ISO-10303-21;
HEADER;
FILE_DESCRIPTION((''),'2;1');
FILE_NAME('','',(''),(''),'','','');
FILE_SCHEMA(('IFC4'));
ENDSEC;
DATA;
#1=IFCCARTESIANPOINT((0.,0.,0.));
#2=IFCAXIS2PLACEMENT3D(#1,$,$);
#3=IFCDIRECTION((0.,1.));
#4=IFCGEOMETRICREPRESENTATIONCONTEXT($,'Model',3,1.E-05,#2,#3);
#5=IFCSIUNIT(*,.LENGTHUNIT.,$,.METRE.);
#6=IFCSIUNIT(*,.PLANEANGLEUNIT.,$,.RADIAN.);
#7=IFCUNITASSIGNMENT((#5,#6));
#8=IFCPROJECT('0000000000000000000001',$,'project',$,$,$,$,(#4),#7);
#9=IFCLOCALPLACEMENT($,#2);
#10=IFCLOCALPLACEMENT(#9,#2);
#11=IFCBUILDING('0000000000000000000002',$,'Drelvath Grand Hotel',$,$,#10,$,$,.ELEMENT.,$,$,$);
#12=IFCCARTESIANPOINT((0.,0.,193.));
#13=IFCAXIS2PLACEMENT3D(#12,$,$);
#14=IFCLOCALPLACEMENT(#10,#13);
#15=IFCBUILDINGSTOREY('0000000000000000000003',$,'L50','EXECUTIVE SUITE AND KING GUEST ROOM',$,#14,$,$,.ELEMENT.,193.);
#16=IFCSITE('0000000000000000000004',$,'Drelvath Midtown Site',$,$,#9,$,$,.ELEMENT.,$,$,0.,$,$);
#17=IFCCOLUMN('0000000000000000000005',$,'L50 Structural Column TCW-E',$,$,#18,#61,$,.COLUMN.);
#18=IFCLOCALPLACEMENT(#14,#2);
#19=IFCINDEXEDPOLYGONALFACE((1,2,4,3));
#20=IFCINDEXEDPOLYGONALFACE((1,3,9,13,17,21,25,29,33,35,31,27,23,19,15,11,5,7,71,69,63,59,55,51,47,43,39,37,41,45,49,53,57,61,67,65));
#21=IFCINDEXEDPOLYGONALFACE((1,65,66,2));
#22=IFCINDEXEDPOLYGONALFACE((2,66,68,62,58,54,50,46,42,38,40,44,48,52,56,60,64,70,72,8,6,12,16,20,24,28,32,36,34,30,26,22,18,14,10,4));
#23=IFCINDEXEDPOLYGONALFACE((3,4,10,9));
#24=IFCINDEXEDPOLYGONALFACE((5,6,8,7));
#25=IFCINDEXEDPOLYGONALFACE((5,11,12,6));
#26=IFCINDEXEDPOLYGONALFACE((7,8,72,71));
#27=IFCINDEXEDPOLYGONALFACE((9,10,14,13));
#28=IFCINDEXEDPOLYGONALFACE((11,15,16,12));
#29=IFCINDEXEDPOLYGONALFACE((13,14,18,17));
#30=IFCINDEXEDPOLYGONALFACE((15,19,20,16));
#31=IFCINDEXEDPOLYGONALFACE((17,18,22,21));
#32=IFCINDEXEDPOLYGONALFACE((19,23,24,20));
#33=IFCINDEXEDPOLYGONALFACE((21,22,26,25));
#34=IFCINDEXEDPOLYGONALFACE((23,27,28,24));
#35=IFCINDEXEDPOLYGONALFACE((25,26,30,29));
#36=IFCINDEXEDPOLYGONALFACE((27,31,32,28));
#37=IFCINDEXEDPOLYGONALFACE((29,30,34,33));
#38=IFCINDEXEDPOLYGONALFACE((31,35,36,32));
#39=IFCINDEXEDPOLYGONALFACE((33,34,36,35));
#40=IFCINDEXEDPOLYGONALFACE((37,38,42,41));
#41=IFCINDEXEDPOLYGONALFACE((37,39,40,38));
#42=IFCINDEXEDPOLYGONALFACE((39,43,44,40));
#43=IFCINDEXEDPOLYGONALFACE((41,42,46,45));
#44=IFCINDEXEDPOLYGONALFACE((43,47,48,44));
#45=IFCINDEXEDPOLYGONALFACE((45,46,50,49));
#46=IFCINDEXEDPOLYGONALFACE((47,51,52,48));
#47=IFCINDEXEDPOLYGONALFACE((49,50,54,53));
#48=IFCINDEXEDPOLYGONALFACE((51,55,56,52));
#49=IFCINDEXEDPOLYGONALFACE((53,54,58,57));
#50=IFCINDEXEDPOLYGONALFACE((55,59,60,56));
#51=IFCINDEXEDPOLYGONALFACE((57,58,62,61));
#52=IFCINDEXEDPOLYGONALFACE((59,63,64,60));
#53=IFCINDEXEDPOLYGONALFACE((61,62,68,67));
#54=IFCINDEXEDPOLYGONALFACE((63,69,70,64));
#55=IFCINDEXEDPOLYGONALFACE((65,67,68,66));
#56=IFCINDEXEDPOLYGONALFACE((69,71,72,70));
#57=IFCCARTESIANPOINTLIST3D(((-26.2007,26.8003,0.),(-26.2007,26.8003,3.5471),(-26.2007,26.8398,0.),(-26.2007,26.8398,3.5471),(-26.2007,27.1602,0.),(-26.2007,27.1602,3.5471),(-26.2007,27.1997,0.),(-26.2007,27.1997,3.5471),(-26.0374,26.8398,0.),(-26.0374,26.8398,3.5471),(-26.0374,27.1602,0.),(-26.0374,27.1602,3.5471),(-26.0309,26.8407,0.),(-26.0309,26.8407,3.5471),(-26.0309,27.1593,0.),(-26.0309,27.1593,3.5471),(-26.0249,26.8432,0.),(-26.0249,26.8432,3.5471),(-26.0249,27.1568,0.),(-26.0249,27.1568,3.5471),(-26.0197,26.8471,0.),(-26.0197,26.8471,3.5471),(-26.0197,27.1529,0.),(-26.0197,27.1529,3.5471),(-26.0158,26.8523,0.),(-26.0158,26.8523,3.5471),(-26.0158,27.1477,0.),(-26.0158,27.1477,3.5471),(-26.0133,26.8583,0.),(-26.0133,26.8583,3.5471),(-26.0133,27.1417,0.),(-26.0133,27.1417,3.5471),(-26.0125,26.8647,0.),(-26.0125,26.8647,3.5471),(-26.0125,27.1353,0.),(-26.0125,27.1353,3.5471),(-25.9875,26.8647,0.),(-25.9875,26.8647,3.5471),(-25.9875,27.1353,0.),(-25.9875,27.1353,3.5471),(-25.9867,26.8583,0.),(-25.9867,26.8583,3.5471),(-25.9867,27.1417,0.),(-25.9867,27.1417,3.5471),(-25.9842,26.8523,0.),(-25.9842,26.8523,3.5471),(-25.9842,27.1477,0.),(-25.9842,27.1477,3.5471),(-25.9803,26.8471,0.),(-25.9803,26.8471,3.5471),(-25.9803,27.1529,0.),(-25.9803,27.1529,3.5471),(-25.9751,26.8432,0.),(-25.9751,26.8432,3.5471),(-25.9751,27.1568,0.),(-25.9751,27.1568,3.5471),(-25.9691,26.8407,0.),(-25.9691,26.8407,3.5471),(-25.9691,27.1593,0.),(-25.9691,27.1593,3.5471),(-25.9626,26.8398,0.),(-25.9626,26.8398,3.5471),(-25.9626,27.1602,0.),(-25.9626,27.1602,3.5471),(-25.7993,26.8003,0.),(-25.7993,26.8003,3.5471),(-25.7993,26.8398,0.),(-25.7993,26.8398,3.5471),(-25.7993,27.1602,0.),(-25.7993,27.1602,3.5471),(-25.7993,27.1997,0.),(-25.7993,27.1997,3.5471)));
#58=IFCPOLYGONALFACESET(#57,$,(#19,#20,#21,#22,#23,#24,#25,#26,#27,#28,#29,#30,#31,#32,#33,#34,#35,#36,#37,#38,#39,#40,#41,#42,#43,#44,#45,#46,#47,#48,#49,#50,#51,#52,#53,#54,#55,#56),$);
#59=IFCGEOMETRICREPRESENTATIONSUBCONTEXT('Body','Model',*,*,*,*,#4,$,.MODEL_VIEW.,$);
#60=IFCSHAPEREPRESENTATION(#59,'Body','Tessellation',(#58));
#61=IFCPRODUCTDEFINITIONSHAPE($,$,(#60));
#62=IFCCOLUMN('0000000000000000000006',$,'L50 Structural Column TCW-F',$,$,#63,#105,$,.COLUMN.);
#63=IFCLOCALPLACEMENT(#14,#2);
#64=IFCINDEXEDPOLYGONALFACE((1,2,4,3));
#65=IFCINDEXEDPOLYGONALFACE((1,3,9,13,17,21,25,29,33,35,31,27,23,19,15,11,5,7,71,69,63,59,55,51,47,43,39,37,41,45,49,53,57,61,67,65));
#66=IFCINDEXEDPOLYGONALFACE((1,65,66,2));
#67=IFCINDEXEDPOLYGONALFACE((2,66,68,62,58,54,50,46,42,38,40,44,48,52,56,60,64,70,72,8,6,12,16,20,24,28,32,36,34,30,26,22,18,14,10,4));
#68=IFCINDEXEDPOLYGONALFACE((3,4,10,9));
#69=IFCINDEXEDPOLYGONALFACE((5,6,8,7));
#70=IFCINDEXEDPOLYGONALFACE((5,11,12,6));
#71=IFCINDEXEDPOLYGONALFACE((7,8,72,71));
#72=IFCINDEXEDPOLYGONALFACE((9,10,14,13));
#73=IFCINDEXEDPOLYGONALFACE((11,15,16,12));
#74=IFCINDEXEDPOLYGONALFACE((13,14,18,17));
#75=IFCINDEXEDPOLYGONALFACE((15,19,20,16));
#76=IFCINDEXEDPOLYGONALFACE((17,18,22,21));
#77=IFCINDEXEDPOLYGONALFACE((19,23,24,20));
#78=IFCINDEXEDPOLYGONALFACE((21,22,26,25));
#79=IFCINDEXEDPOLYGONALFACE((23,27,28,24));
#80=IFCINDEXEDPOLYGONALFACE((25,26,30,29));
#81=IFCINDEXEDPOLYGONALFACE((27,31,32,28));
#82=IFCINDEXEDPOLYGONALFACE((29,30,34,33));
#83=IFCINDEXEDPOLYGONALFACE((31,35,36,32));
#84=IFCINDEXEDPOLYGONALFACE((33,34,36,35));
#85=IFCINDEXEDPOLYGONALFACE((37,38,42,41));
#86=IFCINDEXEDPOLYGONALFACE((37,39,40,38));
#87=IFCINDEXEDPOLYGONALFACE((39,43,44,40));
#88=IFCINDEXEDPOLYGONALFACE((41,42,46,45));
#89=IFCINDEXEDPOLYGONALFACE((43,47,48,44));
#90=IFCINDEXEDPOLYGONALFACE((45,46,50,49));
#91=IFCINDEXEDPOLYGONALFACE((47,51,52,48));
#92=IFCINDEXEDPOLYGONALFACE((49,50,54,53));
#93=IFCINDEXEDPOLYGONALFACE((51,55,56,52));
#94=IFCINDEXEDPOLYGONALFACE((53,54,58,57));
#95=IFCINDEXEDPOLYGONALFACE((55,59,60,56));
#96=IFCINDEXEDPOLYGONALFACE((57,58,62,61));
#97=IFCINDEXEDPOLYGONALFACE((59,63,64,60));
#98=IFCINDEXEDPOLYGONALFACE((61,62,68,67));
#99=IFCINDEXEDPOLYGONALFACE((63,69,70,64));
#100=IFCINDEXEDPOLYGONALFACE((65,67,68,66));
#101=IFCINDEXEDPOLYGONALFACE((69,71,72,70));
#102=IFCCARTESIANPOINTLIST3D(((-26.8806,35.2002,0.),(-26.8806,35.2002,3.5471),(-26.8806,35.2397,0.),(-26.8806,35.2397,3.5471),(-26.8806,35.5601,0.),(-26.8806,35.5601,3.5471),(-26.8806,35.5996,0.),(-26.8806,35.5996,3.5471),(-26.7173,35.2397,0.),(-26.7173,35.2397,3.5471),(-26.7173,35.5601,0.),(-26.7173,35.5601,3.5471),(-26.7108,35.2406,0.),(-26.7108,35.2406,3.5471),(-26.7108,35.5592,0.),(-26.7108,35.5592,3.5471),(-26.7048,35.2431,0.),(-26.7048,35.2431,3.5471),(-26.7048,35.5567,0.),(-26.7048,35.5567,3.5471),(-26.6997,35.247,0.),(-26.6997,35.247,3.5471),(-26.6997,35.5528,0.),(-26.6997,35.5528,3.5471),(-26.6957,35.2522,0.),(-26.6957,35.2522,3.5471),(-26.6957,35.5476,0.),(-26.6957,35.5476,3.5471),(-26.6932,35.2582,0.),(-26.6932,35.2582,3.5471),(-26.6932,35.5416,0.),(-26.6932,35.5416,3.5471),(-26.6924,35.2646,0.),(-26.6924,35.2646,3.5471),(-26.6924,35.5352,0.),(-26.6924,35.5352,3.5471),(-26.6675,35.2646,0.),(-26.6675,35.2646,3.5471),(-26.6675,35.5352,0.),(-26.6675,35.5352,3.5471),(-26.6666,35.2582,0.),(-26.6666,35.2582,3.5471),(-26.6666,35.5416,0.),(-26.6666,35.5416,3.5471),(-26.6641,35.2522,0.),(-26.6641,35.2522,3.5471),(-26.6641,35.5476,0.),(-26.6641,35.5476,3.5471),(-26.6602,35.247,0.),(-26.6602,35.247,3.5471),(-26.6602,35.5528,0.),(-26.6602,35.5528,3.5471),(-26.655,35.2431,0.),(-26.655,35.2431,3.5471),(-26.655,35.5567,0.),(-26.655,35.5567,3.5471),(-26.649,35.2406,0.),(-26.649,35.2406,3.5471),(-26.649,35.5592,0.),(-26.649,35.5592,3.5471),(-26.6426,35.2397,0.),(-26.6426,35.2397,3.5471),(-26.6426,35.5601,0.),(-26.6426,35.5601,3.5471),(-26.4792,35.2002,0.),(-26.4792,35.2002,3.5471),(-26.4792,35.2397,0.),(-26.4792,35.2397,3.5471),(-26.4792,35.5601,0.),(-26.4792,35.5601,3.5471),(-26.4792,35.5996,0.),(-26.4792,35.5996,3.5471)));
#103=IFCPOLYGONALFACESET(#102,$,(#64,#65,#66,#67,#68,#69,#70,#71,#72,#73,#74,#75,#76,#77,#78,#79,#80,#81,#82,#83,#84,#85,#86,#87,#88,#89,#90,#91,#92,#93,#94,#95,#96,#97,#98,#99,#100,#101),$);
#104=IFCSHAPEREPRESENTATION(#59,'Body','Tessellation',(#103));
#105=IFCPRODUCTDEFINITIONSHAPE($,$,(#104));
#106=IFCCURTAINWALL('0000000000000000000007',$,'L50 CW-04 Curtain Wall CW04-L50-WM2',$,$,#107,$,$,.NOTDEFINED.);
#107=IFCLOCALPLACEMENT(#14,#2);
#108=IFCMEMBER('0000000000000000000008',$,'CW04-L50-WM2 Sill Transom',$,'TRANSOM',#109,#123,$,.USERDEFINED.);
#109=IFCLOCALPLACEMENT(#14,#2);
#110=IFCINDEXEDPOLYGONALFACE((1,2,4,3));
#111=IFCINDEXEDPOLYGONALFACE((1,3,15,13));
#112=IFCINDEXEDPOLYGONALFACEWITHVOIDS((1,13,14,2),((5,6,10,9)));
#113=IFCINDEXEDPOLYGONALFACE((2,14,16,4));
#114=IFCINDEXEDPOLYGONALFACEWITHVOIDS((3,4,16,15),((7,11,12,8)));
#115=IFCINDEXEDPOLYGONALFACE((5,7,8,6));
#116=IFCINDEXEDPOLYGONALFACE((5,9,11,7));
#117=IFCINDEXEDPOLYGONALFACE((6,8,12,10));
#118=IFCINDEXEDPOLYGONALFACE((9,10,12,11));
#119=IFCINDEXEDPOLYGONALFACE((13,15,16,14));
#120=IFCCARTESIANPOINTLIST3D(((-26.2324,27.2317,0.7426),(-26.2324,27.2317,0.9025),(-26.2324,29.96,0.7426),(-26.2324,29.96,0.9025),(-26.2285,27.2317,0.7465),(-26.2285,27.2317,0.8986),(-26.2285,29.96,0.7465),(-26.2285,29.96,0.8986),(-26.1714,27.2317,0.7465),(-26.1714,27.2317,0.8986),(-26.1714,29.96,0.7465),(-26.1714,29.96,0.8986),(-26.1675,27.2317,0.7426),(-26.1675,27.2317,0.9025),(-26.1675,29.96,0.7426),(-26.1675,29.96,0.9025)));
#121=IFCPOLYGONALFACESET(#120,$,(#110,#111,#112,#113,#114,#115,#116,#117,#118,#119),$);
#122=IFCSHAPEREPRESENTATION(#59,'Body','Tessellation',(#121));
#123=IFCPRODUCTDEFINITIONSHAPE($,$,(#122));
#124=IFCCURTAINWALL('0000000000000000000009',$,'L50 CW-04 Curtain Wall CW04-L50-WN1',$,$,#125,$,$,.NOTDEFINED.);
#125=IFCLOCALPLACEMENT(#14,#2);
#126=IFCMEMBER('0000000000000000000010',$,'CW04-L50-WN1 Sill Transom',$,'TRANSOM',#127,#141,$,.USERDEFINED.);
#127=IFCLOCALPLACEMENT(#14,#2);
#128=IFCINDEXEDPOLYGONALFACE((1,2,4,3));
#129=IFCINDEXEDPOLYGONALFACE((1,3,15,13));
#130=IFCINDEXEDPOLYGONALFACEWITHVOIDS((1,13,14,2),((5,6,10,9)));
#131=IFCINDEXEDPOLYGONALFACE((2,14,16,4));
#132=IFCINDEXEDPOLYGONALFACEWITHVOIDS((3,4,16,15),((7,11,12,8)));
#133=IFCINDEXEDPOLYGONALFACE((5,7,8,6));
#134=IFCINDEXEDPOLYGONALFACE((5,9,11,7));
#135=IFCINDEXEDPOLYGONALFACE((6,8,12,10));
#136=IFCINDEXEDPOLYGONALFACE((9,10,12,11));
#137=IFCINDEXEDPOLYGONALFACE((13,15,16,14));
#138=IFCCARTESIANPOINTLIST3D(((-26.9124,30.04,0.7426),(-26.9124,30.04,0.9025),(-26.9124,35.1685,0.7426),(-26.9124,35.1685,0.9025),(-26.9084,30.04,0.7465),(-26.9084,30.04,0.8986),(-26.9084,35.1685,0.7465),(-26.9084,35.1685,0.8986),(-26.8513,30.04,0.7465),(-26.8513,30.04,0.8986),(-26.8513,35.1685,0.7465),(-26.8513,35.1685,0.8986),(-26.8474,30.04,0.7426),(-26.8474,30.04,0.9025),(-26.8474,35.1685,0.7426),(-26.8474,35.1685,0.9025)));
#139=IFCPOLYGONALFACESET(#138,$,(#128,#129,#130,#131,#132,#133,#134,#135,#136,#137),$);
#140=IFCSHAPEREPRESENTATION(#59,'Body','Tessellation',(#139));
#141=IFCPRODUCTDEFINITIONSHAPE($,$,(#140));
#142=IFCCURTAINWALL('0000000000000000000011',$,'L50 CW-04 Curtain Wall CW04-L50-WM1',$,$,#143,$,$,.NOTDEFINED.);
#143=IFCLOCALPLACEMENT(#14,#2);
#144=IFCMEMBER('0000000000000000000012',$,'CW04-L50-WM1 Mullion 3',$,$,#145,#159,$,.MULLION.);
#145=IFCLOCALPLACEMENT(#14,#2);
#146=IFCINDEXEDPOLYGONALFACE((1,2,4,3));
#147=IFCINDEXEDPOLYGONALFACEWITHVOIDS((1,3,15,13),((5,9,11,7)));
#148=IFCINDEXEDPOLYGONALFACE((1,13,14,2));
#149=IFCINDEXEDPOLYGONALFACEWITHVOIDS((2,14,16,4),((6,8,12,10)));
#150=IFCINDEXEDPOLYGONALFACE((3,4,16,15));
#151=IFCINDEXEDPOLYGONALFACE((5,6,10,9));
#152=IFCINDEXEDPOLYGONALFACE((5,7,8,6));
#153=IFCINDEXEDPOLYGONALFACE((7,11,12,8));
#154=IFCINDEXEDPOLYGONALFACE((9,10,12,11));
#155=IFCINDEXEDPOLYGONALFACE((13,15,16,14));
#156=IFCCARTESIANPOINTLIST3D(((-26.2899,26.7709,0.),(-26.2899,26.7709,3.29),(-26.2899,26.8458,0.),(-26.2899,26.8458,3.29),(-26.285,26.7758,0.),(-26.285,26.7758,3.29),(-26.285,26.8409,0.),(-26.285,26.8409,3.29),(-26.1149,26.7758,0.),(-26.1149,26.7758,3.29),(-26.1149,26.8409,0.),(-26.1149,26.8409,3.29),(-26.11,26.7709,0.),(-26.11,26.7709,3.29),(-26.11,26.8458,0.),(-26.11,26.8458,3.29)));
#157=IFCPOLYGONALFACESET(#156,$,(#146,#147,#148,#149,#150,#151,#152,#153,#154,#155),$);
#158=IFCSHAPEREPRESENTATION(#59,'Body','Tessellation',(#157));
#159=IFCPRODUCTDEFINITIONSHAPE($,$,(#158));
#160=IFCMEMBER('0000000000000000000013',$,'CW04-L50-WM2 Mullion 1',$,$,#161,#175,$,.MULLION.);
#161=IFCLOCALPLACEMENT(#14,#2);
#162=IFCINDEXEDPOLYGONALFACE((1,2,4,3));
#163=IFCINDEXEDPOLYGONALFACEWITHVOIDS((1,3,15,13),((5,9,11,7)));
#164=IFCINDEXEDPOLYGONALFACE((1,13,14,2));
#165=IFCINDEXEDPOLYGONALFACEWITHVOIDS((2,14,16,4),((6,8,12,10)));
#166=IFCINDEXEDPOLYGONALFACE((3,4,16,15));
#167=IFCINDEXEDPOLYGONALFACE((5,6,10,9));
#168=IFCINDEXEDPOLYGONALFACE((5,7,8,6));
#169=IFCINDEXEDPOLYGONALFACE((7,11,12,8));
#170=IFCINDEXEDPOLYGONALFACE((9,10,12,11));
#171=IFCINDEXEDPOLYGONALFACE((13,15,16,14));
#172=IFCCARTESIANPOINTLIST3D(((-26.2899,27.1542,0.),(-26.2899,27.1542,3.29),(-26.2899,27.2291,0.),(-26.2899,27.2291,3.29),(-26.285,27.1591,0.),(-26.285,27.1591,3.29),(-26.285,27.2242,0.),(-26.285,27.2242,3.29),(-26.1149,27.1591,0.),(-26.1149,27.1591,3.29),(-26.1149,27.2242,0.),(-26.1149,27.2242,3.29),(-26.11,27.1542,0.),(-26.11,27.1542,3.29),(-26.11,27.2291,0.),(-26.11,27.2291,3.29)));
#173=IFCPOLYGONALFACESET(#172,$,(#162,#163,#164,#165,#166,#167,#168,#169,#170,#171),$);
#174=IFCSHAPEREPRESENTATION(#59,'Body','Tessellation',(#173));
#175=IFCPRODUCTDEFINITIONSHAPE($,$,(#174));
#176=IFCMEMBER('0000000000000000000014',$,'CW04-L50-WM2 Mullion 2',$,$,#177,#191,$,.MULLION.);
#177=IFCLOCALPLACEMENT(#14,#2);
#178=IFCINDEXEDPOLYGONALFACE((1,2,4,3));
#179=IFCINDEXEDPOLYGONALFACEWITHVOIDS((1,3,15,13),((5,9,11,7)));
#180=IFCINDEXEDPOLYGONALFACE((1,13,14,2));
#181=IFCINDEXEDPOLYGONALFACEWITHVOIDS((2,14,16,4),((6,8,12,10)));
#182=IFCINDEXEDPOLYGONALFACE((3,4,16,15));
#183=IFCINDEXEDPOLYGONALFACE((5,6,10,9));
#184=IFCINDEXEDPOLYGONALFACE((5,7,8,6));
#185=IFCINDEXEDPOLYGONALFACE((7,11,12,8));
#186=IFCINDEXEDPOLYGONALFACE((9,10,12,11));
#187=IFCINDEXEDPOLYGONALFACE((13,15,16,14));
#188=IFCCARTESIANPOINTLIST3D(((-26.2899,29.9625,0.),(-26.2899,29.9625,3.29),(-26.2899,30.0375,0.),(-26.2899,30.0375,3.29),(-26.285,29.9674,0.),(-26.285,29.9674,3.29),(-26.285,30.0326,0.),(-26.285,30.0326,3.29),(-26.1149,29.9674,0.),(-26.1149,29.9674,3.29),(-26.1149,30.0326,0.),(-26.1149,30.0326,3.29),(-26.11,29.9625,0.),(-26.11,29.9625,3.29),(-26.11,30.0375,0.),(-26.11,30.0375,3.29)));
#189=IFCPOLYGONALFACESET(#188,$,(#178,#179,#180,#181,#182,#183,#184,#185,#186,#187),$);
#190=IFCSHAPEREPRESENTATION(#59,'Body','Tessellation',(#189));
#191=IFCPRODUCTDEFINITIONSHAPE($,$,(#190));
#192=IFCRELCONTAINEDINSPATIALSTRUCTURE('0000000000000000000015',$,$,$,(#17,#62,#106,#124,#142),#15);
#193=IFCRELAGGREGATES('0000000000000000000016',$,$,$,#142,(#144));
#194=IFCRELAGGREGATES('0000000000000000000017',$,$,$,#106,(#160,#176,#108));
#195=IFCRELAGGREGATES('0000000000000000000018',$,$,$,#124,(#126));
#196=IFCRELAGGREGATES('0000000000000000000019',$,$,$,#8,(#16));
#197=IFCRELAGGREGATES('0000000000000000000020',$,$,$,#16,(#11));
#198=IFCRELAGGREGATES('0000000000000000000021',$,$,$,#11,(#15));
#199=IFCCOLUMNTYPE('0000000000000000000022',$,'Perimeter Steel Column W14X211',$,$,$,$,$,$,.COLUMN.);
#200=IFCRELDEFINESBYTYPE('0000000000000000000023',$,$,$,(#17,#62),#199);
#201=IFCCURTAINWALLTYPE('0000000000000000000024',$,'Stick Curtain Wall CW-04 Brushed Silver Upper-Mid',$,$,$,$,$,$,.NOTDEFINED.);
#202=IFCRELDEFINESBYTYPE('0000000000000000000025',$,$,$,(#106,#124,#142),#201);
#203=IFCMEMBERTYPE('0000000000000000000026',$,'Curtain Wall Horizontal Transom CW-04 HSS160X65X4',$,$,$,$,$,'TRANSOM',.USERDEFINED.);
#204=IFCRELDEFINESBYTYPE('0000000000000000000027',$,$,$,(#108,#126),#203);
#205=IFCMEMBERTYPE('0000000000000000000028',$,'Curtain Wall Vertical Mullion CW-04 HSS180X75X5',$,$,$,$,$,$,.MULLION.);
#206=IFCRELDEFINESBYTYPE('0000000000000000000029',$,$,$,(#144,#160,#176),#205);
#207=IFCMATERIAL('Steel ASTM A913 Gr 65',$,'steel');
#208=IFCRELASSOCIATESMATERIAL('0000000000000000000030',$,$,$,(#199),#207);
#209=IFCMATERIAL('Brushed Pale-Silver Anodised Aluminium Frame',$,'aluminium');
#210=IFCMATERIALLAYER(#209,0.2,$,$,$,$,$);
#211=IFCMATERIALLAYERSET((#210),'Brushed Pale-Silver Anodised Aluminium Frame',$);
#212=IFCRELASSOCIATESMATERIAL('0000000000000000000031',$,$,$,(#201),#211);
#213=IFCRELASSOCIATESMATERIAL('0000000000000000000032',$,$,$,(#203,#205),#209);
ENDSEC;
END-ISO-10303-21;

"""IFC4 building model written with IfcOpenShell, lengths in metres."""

from ifc_helpers import new_model, si_unit, direction, frame, origin, origin_2d, place, context, subcontext, project, spatial, hollow_rectangle, i_section, extrude, material, layer, layer_set, material_profile, profile_set, type_object, element, aggregate, save


model = new_model("IFC4")

# Units and contexts
model_context = context("Model", 3, precision=1e-05, world=origin(), true_north=direction((0.0, 1.0)))
body_context = subcontext(model_context, "Body", "Model", "MODEL_VIEW")
ifc_project = project(units=[si_unit("LENGTHUNIT", "METRE"), si_unit("PLANEANGLEUNIT", "RADIAN")], contexts=[model_context])

# Site, building, storey
site_placement = place(None, origin())
site = spatial("IfcSite", under=ifc_project, at=site_placement, Name="Drelvath Midtown Site", CompositionType="ELEMENT", RefElevation=0.0)
building_placement = place(site_placement, origin())
building = spatial("IfcBuilding", under=site, at=building_placement, Name="Drelvath Grand Hotel", CompositionType="ELEMENT")
storey_placement = place(building_placement, frame((0.0, 0.0, 193.0)))
storey = spatial("IfcBuildingStorey", under=building, at=storey_placement, Name="L50", Description="EXECUTIVE SUITE AND KING GUEST ROOM", CompositionType="ELEMENT", Elevation=193.0)

# Columns
ifc_material_1 = material(Name="Steel ASTM A913 Gr 65", Category="steel")
ifc_material_profile_1 = material_profile(ifc_material_1, i_section(OverallWidth=0.4014, OverallDepth=0.3994, WebThickness=0.0249, FlangeThickness=0.0396, FilletRadius=0.0249, at=origin_2d()), Name="W14X211")
ifc_profile_set_1 = profile_set([ifc_material_profile_1], Name="Steel ASTM A913 Gr 65")
column_type = type_object("IfcColumnType", Name="Perimeter Steel Column W14X211", PredefinedType="COLUMN", material=ifc_profile_set_1)
for number, where, z_axis, x_axis, name in (
    (1, (-26.0, 27.0, 0.0), (0.0, 0.0, 1.0), (1.0, 0.0, 0.0), "L50 Structural Column TCW-E"),
    (2, (-26.6799, 35.3999, 0.0), (0.0, 0.0, 1.0), (1.0, 0.0, 0.0), "L50 Structural Column TCW-F"),
):
    element("IfcColumn", number, at=place(storey_placement, frame(where, z_axis=z_axis, x_axis=x_axis)), inside=storey, type_object=column_type, Name=name, PredefinedType="COLUMN", context=body_context, shape_type="SweptSolid", body=[
        extrude(i_section(OverallWidth=0.4014, OverallDepth=0.3994, WebThickness=0.0249, FlangeThickness=0.0396, FilletRadius=0.0249, at=origin_2d()), origin(), (0.0, 0.0, 1.0), 3.5471),
    ])

# Curtain walls, members
ifc_material_2 = material(Name="Brushed Pale-Silver Anodised Aluminium Frame", Category="aluminium")
ifc_layer_1 = layer(ifc_material_2, 0.2)
ifc_layer_set_1 = layer_set([ifc_layer_1], Name="Brushed Pale-Silver Anodised Aluminium Frame")
curtain_wall_type = type_object("IfcCurtainWallType", Name="Stick Curtain Wall CW-04 Brushed Silver Upper-Mid", PredefinedType="NOTDEFINED", material=ifc_layer_set_1)
curtain_wall_1_placement = place(storey_placement, origin())
curtain_wall_1 = element("IfcCurtainWall", 3, at=curtain_wall_1_placement, inside=storey, type_object=curtain_wall_type, Name="L50 CW-04 Curtain Wall CW04-L50-WM2", PredefinedType="NOTDEFINED")
ifc_material_profile_2 = material_profile(ifc_material_2, hollow_rectangle(XDim=0.0649, YDim=0.1599, WallThickness=0.0039, at=origin_2d()), Name="HSS160X65X4")
ifc_profile_set_2 = profile_set([ifc_material_profile_2], Name="Brushed Pale-Silver Anodised Aluminium Frame")
member_type_1 = type_object("IfcMemberType", Name="Curtain Wall Horizontal Transom CW-04 HSS160X65X4", ElementType="TRANSOM", PredefinedType="USERDEFINED", material=ifc_profile_set_2)
member_1_placement = place(storey_placement, frame((-26.2, 27.2317, 0.8225), z_axis=(0.0, 1.0, 0.0), x_axis=(-1.0, 0.0, 0.0)))
member_1 = element("IfcMember", 4, at=member_1_placement, type_object=member_type_1, Name="CW04-L50-WM2 Sill Transom", ObjectType="TRANSOM", PredefinedType="USERDEFINED", context=body_context, shape_type="SweptSolid", body=[
    extrude(hollow_rectangle(XDim=0.0649, YDim=0.1599, WallThickness=0.0039, at=origin_2d()), origin(), (0.0, 0.0, 1.0), 2.7283),
])
curtain_wall_2_placement = place(storey_placement, origin())
curtain_wall_2 = element("IfcCurtainWall", 5, at=curtain_wall_2_placement, inside=storey, type_object=curtain_wall_type, Name="L50 CW-04 Curtain Wall CW04-L50-WN1", PredefinedType="NOTDEFINED")
member_2_placement = place(storey_placement, frame((-26.8799, 30.04, 0.8225), z_axis=(0.0, 1.0, 0.0), x_axis=(-1.0, 0.0, 0.0)))
member_2 = element("IfcMember", 6, at=member_2_placement, type_object=member_type_1, Name="CW04-L50-WN1 Sill Transom", ObjectType="TRANSOM", PredefinedType="USERDEFINED", context=body_context, shape_type="SweptSolid", body=[
    extrude(hollow_rectangle(XDim=0.0649, YDim=0.1599, WallThickness=0.0039, at=origin_2d()), origin(), (0.0, 0.0, 1.0), 5.1284),
])
curtain_wall_3_placement = place(storey_placement, origin())
curtain_wall_3 = element("IfcCurtainWall", 7, at=curtain_wall_3_placement, inside=storey, type_object=curtain_wall_type, Name="L50 CW-04 Curtain Wall CW04-L50-WM1", PredefinedType="NOTDEFINED")
ifc_material_profile_3 = material_profile(ifc_material_2, hollow_rectangle(XDim=0.075, YDim=0.1799, WallThickness=0.0049, at=origin_2d()), Name="HSS180X75X5")
ifc_profile_set_3 = profile_set([ifc_material_profile_3], Name="Brushed Pale-Silver Anodised Aluminium Frame")
member_type_2 = type_object("IfcMemberType", Name="Curtain Wall Vertical Mullion CW-04 HSS180X75X5", PredefinedType="MULLION", material=ifc_profile_set_3)
member_3_placement = place(storey_placement, frame((-26.2, 26.8083, 0.0), z_axis=(0.0, 0.0, 1.0), x_axis=(0.0, 1.0, 0.0)))
member_3 = element("IfcMember", 8, at=member_3_placement, type_object=member_type_2, Name="CW04-L50-WM1 Mullion 3", PredefinedType="MULLION", context=body_context, shape_type="SweptSolid", body=[
    extrude(hollow_rectangle(XDim=0.075, YDim=0.1799, WallThickness=0.0049, at=origin_2d()), origin(), (0.0, 0.0, 1.0), 3.29),
])
aggregate(curtain_wall_3, [member_3])

# Members
member_4_placement = place(storey_placement, frame((-26.2, 27.1917, 0.0), z_axis=(0.0, 0.0, 1.0), x_axis=(0.0, 1.0, 0.0)))
member_4 = element("IfcMember", 9, at=member_4_placement, type_object=member_type_2, Name="CW04-L50-WM2 Mullion 1", PredefinedType="MULLION", context=body_context, shape_type="SweptSolid", body=[
    extrude(hollow_rectangle(XDim=0.075, YDim=0.1799, WallThickness=0.0049, at=origin_2d()), origin(), (0.0, 0.0, 1.0), 3.29),
])
member_5_placement = place(storey_placement, frame((-26.2, 30.0, 0.0), z_axis=(0.0, 0.0, 1.0), x_axis=(0.0, 1.0, 0.0)))
member_5 = element("IfcMember", 10, at=member_5_placement, type_object=member_type_2, Name="CW04-L50-WM2 Mullion 2", PredefinedType="MULLION", context=body_context, shape_type="SweptSolid", body=[
    extrude(hollow_rectangle(XDim=0.075, YDim=0.1799, WallThickness=0.0049, at=origin_2d()), origin(), (0.0, 0.0, 1.0), 3.29),
])

aggregate(curtain_wall_1, [member_4, member_5, member_1])
aggregate(curtain_wall_2, [member_2])

save(model, "model.ifc")
